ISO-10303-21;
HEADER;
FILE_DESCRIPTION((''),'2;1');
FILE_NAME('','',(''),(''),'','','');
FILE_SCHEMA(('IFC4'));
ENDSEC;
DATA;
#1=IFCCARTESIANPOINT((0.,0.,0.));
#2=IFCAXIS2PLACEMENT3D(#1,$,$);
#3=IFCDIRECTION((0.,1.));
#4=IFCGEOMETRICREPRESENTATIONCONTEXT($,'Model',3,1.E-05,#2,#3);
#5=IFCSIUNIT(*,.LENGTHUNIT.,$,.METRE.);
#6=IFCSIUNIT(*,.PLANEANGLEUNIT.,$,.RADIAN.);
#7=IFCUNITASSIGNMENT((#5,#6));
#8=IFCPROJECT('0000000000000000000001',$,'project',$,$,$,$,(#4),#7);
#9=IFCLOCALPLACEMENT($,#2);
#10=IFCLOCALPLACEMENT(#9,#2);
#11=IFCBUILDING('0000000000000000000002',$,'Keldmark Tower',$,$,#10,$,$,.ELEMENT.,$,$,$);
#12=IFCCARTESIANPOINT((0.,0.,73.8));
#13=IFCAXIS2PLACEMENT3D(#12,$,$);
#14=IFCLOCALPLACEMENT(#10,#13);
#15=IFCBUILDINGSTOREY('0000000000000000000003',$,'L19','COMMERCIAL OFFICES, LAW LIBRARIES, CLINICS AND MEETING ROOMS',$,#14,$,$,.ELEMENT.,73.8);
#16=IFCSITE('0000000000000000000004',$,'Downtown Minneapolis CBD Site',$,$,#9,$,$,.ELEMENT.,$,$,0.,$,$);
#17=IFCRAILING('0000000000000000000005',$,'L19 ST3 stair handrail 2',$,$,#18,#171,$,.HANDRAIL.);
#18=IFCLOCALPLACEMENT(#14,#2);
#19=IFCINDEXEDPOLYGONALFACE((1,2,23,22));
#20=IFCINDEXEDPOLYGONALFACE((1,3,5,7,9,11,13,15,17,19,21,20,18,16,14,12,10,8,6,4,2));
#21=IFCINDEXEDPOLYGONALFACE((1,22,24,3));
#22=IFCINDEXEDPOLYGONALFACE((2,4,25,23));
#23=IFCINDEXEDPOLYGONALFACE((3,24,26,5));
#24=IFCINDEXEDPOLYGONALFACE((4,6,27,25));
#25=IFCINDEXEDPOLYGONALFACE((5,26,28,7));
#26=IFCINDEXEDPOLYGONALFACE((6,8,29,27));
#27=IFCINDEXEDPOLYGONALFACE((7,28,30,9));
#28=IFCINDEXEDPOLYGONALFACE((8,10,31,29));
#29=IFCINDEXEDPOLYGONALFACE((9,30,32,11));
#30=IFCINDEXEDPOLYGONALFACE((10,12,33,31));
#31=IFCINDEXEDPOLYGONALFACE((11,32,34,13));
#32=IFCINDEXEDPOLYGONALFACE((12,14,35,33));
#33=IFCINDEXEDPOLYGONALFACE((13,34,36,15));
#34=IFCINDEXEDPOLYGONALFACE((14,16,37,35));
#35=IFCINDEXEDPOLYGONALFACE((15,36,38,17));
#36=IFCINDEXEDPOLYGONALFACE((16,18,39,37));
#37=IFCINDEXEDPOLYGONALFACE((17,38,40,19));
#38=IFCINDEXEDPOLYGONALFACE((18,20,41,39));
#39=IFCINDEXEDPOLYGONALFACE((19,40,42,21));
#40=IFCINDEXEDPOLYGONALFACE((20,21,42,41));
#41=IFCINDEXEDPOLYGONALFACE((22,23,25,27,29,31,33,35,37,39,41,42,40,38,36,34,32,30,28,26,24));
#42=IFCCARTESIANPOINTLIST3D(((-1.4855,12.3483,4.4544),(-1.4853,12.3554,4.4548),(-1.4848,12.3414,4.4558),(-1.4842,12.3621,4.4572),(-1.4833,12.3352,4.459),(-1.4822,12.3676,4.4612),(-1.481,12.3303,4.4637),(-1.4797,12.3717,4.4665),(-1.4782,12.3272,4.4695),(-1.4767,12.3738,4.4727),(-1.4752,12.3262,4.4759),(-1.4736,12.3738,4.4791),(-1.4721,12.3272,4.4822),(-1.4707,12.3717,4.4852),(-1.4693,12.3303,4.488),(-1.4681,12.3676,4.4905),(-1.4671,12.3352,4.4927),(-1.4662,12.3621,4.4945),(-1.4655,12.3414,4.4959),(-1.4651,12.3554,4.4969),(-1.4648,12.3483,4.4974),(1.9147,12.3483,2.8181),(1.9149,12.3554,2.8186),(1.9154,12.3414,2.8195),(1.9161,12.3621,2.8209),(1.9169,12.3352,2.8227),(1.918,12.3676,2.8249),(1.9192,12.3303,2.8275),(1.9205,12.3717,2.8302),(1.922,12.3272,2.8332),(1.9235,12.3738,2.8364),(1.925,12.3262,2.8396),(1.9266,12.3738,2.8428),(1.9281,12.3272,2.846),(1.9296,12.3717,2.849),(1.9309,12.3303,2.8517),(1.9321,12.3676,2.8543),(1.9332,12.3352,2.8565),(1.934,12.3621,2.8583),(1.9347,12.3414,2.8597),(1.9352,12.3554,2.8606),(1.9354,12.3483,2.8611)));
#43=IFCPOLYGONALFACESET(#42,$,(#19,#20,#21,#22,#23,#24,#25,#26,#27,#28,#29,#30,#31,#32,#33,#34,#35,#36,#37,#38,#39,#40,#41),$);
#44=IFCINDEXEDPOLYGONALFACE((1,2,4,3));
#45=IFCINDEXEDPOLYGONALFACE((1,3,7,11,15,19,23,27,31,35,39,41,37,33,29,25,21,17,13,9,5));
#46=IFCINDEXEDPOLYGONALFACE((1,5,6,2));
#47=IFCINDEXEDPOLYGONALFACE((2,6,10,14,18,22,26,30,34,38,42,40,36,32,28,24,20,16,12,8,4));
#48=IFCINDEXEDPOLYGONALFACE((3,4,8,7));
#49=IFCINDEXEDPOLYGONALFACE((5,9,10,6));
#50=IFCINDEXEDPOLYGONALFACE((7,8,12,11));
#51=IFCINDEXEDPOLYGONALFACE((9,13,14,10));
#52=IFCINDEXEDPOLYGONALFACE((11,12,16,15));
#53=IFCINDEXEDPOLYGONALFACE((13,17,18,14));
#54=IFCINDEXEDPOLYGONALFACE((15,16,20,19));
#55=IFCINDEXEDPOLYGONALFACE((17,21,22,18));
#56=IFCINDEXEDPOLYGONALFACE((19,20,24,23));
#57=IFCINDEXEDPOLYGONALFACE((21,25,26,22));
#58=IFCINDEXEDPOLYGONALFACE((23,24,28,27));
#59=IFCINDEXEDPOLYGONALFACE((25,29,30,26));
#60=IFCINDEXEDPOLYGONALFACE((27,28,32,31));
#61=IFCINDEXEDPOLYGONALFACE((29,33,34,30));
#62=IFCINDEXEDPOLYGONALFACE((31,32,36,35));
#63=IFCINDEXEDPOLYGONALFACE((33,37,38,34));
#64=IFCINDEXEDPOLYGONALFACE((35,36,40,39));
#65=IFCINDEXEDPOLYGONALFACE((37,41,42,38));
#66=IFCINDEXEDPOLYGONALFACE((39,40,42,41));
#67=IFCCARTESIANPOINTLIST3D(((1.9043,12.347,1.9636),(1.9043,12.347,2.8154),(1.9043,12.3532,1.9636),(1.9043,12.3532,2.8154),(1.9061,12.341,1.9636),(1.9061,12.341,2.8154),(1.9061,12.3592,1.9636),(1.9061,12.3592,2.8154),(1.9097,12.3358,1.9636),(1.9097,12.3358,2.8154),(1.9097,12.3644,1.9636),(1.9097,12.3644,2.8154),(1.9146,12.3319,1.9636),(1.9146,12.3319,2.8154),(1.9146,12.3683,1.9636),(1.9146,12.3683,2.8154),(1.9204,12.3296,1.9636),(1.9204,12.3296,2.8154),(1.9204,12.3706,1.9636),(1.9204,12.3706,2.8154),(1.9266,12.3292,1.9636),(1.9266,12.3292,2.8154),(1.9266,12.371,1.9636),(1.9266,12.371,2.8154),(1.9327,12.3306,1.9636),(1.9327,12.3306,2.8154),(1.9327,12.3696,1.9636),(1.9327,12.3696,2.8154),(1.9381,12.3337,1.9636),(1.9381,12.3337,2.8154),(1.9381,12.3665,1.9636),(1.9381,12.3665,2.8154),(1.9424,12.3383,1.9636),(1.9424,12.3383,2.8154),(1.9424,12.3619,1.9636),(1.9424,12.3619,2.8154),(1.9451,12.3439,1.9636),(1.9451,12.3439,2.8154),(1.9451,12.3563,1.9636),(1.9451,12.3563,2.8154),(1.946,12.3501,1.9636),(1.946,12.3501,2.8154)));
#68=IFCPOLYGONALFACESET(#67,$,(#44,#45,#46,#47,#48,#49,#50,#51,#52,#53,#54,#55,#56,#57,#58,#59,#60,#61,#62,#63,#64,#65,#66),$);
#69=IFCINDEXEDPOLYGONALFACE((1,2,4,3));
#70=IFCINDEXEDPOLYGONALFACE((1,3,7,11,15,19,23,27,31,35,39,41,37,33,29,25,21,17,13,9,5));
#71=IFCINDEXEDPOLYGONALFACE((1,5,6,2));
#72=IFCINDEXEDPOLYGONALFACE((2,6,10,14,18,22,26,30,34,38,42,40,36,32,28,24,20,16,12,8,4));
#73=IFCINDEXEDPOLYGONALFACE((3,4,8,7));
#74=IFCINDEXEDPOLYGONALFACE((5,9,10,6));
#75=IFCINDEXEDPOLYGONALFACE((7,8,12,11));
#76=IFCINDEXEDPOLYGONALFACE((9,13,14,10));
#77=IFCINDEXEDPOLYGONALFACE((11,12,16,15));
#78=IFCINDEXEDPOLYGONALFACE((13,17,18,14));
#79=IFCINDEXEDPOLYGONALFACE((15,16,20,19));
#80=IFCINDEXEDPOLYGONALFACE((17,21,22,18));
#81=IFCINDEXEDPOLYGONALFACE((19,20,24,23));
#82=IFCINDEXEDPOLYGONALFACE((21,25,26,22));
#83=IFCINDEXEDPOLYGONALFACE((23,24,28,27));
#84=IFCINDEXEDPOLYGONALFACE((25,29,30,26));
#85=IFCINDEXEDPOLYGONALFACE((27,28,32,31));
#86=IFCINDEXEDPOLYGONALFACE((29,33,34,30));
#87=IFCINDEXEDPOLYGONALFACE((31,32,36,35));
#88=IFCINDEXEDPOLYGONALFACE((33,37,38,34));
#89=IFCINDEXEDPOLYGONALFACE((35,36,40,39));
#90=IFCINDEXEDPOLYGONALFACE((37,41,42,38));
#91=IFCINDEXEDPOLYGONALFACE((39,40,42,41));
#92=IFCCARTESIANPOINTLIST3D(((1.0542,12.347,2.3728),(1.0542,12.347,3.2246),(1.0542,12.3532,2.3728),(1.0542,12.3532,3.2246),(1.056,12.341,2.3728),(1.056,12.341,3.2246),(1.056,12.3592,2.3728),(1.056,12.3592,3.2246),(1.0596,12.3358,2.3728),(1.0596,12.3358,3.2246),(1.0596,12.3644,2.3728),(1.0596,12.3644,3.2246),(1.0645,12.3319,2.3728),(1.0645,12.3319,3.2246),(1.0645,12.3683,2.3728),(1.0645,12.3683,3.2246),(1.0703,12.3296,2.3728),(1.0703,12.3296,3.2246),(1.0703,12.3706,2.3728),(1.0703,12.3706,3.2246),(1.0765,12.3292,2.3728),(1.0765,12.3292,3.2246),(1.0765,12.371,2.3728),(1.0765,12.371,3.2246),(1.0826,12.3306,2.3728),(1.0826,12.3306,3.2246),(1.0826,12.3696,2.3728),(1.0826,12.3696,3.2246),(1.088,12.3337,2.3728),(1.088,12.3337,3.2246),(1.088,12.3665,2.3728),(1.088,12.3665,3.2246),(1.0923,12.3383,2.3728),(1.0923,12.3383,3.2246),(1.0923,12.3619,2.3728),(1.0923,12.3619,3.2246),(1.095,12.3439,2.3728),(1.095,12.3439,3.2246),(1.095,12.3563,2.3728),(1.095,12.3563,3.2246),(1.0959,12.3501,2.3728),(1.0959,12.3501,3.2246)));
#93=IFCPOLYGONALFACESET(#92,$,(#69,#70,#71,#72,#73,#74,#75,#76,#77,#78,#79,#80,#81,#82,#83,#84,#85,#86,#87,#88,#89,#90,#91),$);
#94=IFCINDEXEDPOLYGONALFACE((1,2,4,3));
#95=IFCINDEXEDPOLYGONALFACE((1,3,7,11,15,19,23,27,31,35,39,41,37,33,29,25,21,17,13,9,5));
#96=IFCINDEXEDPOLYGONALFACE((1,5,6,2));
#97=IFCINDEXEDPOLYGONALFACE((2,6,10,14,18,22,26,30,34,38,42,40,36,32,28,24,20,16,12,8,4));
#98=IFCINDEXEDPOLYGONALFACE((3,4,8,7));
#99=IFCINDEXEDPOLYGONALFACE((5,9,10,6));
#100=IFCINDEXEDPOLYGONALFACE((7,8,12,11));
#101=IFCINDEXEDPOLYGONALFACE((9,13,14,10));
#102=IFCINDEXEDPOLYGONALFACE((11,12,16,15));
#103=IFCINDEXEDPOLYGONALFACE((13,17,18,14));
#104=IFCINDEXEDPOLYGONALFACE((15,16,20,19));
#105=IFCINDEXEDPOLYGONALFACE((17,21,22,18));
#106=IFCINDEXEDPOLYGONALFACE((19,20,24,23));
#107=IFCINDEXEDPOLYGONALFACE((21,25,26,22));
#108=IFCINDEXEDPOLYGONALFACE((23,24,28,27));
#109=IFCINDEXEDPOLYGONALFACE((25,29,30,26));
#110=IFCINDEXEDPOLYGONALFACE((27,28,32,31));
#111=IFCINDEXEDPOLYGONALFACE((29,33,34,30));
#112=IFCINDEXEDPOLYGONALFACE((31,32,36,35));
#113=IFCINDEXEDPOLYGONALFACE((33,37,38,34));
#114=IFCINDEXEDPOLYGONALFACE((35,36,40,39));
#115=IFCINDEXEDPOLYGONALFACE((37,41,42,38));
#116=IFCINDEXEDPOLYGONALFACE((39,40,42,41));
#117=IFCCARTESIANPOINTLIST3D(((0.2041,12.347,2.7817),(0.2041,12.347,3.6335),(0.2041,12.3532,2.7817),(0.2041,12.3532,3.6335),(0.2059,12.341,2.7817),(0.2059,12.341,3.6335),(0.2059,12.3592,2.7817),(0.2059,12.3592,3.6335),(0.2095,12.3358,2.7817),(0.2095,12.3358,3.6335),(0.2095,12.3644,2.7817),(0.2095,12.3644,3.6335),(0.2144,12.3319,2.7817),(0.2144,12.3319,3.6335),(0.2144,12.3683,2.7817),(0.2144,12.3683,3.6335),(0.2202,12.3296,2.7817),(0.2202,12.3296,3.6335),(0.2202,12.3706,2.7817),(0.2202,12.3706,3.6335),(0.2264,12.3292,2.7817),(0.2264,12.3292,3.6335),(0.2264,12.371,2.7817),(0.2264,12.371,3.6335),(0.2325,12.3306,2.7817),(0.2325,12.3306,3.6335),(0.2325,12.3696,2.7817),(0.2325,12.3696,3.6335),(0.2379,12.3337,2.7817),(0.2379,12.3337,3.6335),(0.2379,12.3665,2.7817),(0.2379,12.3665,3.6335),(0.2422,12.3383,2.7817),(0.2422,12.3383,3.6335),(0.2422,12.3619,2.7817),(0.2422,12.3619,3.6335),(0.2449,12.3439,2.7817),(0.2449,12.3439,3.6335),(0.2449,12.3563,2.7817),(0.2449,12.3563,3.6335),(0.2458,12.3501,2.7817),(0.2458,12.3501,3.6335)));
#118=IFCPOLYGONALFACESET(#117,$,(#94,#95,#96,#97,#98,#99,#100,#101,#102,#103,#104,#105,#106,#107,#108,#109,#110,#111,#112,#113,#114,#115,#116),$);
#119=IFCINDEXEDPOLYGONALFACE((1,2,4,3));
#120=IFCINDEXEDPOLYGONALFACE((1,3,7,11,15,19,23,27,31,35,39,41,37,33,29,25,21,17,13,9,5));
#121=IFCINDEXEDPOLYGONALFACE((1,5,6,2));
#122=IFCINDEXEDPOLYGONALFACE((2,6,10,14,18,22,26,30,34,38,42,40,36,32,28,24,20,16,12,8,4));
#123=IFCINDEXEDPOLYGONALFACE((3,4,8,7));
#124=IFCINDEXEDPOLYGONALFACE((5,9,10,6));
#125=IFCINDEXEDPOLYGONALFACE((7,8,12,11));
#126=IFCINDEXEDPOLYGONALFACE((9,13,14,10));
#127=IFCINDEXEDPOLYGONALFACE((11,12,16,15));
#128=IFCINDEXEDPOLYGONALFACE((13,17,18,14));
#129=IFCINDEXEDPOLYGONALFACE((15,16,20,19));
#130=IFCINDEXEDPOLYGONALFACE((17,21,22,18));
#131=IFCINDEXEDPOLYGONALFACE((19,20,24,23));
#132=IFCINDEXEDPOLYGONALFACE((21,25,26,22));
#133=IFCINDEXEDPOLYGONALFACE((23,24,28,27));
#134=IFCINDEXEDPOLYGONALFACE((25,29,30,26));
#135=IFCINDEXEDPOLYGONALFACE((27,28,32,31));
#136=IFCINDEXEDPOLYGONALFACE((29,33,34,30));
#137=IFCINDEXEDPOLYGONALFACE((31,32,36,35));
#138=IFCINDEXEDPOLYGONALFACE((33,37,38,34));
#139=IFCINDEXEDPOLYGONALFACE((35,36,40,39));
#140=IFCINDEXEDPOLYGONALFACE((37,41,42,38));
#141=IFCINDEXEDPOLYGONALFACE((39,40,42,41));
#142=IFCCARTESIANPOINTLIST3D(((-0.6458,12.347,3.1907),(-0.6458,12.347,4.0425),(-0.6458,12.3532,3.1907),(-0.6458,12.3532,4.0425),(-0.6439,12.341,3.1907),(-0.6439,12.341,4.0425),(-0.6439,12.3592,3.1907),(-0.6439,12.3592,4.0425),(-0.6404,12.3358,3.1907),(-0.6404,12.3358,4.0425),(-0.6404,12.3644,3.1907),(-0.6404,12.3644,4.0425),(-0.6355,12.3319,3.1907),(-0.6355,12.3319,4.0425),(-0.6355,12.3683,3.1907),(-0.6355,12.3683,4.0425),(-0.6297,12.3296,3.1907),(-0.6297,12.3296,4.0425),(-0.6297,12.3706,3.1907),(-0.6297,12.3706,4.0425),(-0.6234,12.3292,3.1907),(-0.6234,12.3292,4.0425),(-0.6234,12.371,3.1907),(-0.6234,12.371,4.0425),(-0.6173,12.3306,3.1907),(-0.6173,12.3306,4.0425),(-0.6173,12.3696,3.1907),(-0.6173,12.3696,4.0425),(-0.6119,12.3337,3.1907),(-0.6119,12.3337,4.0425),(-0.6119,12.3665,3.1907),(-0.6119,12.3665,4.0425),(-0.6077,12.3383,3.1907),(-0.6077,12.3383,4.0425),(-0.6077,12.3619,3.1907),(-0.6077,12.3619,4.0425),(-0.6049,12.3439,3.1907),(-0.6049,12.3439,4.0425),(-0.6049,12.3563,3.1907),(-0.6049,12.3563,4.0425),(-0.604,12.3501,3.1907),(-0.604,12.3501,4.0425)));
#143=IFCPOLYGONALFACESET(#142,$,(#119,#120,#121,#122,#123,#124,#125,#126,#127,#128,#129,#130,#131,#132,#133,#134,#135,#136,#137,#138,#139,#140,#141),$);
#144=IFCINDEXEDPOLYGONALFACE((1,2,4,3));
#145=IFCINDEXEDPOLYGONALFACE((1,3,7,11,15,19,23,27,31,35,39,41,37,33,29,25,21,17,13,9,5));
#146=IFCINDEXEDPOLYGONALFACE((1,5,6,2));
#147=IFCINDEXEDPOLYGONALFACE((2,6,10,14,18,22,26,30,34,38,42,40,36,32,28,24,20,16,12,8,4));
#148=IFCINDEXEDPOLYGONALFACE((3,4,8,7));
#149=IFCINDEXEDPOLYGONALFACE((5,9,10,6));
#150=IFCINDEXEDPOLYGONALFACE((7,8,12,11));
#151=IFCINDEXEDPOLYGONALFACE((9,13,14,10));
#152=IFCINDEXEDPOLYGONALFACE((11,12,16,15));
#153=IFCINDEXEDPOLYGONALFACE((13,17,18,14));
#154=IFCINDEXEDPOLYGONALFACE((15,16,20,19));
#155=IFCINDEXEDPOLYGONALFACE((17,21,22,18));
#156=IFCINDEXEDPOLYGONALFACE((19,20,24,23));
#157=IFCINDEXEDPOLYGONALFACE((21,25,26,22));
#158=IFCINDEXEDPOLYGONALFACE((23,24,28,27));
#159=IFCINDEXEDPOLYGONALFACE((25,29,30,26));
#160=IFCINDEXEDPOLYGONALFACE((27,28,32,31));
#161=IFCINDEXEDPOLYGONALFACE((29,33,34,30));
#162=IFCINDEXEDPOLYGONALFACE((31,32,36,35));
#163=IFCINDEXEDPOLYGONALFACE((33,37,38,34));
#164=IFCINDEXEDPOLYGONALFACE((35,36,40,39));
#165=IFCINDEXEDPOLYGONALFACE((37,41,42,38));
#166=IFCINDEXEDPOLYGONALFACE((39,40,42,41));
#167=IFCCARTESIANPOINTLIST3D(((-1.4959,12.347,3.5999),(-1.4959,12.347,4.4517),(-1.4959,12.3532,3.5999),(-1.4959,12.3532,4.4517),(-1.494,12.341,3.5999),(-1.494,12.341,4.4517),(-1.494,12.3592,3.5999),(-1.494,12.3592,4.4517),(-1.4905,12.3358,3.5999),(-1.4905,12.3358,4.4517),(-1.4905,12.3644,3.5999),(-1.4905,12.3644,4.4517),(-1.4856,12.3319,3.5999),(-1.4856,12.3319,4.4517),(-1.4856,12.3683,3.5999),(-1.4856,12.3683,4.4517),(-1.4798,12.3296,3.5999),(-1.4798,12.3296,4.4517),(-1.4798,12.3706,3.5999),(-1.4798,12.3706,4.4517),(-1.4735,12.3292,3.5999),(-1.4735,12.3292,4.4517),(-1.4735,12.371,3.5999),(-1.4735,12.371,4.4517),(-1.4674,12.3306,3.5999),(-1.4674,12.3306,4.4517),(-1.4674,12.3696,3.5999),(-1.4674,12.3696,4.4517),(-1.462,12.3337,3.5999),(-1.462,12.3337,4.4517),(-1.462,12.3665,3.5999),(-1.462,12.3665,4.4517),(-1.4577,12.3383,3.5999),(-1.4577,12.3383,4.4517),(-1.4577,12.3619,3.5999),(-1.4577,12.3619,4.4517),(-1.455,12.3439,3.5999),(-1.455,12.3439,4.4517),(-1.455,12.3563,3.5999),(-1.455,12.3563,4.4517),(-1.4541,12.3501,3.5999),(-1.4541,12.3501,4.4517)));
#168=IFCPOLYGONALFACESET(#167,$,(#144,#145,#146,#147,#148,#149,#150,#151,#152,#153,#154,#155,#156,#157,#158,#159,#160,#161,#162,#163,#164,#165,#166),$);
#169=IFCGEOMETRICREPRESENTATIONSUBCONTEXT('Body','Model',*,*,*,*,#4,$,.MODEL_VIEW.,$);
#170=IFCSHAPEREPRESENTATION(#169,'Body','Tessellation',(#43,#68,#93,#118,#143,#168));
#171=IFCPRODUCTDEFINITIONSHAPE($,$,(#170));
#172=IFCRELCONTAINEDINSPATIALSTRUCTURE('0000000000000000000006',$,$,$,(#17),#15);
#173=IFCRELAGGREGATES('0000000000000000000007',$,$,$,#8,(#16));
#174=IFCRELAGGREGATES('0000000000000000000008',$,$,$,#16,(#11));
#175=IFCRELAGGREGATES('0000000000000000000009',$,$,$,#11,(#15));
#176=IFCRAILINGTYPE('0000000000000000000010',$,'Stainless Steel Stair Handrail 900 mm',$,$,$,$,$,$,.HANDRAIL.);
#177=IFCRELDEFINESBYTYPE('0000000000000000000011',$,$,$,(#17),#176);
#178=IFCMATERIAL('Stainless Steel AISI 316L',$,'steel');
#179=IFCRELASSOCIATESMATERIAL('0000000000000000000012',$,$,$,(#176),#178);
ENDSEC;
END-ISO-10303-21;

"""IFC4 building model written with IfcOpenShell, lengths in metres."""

from ifc_helpers import new_model, si_unit, direction, frame, origin, origin_2d, place, context, subcontext, project, spatial, circle, extrude, material, type_object, element, save


model = new_model("IFC4")

# Units and contexts
model_context = context("Model", 3, precision=1e-05, world=origin(), true_north=direction((0.0, 1.0)))
body_context = subcontext(model_context, "Body", "Model", "MODEL_VIEW")
ifc_project = project(units=[si_unit("LENGTHUNIT", "METRE"), si_unit("PLANEANGLEUNIT", "RADIAN")], contexts=[model_context])

# Site, building, storey
site_placement = place(None, origin())
site = spatial("IfcSite", under=ifc_project, at=site_placement, Name="Downtown Minneapolis CBD Site", CompositionType="ELEMENT", RefElevation=0.0)
building_placement = place(site_placement, origin())
building = spatial("IfcBuilding", under=site, at=building_placement, Name="Keldmark Tower", CompositionType="ELEMENT")
storey_placement = place(building_placement, frame((0.0, 0.0, 73.8)))
storey = spatial("IfcBuildingStorey", under=building, at=storey_placement, Name="L19", Description="COMMERCIAL OFFICES, LAW LIBRARIES, CLINICS AND MEETING ROOMS", CompositionType="ELEMENT", Elevation=73.8)

# Railing
ifc_material_1 = material(Name="Stainless Steel AISI 316L", Category="steel")
railing_type_1 = type_object("IfcRailingType", Name="Stainless Steel Stair Handrail 900 mm", PredefinedType="HANDRAIL", material=ifc_material_1)
railing_1_placement = place(storey_placement, frame((1.925, 12.3501, 1.9636)))
element("IfcRailing", 1, at=railing_1_placement, inside=storey, type_object=railing_type_1, Name="L19 ST3 stair handrail 2", PredefinedType="HANDRAIL", context=body_context, shape_type="SweptSolid", body=[
    extrude(circle(Radius=0.0239, at=origin_2d()), frame((0.0, 0.0, 0.876), z_axis=(-0.901093, 0.0, 0.433627), x_axis=(0.0, -1.0, 0.0)), (0.0, 0.0, 1.0), 3.7734),
    extrude(circle(Radius=0.021, at=origin_2d()), origin(), (0.0, 0.0, 1.0), 0.8518),
    extrude(circle(Radius=0.021, at=origin_2d()), frame((-0.8501, 0.0, 0.4092)), (0.0, 0.0, 1.0), 0.8518),
    extrude(circle(Radius=0.021, at=origin_2d()), frame((-1.7002, 0.0, 0.8181)), (0.0, 0.0, 1.0), 0.8518),
    extrude(circle(Radius=0.021, at=origin_2d()), frame((-2.55, 0.0, 1.2271)), (0.0, 0.0, 1.0), 0.8518),
    extrude(circle(Radius=0.021, at=origin_2d()), frame((-3.4001, 0.0, 1.6362)), (0.0, 0.0, 1.0), 0.8518),
])

save(model, "model.ifc")
